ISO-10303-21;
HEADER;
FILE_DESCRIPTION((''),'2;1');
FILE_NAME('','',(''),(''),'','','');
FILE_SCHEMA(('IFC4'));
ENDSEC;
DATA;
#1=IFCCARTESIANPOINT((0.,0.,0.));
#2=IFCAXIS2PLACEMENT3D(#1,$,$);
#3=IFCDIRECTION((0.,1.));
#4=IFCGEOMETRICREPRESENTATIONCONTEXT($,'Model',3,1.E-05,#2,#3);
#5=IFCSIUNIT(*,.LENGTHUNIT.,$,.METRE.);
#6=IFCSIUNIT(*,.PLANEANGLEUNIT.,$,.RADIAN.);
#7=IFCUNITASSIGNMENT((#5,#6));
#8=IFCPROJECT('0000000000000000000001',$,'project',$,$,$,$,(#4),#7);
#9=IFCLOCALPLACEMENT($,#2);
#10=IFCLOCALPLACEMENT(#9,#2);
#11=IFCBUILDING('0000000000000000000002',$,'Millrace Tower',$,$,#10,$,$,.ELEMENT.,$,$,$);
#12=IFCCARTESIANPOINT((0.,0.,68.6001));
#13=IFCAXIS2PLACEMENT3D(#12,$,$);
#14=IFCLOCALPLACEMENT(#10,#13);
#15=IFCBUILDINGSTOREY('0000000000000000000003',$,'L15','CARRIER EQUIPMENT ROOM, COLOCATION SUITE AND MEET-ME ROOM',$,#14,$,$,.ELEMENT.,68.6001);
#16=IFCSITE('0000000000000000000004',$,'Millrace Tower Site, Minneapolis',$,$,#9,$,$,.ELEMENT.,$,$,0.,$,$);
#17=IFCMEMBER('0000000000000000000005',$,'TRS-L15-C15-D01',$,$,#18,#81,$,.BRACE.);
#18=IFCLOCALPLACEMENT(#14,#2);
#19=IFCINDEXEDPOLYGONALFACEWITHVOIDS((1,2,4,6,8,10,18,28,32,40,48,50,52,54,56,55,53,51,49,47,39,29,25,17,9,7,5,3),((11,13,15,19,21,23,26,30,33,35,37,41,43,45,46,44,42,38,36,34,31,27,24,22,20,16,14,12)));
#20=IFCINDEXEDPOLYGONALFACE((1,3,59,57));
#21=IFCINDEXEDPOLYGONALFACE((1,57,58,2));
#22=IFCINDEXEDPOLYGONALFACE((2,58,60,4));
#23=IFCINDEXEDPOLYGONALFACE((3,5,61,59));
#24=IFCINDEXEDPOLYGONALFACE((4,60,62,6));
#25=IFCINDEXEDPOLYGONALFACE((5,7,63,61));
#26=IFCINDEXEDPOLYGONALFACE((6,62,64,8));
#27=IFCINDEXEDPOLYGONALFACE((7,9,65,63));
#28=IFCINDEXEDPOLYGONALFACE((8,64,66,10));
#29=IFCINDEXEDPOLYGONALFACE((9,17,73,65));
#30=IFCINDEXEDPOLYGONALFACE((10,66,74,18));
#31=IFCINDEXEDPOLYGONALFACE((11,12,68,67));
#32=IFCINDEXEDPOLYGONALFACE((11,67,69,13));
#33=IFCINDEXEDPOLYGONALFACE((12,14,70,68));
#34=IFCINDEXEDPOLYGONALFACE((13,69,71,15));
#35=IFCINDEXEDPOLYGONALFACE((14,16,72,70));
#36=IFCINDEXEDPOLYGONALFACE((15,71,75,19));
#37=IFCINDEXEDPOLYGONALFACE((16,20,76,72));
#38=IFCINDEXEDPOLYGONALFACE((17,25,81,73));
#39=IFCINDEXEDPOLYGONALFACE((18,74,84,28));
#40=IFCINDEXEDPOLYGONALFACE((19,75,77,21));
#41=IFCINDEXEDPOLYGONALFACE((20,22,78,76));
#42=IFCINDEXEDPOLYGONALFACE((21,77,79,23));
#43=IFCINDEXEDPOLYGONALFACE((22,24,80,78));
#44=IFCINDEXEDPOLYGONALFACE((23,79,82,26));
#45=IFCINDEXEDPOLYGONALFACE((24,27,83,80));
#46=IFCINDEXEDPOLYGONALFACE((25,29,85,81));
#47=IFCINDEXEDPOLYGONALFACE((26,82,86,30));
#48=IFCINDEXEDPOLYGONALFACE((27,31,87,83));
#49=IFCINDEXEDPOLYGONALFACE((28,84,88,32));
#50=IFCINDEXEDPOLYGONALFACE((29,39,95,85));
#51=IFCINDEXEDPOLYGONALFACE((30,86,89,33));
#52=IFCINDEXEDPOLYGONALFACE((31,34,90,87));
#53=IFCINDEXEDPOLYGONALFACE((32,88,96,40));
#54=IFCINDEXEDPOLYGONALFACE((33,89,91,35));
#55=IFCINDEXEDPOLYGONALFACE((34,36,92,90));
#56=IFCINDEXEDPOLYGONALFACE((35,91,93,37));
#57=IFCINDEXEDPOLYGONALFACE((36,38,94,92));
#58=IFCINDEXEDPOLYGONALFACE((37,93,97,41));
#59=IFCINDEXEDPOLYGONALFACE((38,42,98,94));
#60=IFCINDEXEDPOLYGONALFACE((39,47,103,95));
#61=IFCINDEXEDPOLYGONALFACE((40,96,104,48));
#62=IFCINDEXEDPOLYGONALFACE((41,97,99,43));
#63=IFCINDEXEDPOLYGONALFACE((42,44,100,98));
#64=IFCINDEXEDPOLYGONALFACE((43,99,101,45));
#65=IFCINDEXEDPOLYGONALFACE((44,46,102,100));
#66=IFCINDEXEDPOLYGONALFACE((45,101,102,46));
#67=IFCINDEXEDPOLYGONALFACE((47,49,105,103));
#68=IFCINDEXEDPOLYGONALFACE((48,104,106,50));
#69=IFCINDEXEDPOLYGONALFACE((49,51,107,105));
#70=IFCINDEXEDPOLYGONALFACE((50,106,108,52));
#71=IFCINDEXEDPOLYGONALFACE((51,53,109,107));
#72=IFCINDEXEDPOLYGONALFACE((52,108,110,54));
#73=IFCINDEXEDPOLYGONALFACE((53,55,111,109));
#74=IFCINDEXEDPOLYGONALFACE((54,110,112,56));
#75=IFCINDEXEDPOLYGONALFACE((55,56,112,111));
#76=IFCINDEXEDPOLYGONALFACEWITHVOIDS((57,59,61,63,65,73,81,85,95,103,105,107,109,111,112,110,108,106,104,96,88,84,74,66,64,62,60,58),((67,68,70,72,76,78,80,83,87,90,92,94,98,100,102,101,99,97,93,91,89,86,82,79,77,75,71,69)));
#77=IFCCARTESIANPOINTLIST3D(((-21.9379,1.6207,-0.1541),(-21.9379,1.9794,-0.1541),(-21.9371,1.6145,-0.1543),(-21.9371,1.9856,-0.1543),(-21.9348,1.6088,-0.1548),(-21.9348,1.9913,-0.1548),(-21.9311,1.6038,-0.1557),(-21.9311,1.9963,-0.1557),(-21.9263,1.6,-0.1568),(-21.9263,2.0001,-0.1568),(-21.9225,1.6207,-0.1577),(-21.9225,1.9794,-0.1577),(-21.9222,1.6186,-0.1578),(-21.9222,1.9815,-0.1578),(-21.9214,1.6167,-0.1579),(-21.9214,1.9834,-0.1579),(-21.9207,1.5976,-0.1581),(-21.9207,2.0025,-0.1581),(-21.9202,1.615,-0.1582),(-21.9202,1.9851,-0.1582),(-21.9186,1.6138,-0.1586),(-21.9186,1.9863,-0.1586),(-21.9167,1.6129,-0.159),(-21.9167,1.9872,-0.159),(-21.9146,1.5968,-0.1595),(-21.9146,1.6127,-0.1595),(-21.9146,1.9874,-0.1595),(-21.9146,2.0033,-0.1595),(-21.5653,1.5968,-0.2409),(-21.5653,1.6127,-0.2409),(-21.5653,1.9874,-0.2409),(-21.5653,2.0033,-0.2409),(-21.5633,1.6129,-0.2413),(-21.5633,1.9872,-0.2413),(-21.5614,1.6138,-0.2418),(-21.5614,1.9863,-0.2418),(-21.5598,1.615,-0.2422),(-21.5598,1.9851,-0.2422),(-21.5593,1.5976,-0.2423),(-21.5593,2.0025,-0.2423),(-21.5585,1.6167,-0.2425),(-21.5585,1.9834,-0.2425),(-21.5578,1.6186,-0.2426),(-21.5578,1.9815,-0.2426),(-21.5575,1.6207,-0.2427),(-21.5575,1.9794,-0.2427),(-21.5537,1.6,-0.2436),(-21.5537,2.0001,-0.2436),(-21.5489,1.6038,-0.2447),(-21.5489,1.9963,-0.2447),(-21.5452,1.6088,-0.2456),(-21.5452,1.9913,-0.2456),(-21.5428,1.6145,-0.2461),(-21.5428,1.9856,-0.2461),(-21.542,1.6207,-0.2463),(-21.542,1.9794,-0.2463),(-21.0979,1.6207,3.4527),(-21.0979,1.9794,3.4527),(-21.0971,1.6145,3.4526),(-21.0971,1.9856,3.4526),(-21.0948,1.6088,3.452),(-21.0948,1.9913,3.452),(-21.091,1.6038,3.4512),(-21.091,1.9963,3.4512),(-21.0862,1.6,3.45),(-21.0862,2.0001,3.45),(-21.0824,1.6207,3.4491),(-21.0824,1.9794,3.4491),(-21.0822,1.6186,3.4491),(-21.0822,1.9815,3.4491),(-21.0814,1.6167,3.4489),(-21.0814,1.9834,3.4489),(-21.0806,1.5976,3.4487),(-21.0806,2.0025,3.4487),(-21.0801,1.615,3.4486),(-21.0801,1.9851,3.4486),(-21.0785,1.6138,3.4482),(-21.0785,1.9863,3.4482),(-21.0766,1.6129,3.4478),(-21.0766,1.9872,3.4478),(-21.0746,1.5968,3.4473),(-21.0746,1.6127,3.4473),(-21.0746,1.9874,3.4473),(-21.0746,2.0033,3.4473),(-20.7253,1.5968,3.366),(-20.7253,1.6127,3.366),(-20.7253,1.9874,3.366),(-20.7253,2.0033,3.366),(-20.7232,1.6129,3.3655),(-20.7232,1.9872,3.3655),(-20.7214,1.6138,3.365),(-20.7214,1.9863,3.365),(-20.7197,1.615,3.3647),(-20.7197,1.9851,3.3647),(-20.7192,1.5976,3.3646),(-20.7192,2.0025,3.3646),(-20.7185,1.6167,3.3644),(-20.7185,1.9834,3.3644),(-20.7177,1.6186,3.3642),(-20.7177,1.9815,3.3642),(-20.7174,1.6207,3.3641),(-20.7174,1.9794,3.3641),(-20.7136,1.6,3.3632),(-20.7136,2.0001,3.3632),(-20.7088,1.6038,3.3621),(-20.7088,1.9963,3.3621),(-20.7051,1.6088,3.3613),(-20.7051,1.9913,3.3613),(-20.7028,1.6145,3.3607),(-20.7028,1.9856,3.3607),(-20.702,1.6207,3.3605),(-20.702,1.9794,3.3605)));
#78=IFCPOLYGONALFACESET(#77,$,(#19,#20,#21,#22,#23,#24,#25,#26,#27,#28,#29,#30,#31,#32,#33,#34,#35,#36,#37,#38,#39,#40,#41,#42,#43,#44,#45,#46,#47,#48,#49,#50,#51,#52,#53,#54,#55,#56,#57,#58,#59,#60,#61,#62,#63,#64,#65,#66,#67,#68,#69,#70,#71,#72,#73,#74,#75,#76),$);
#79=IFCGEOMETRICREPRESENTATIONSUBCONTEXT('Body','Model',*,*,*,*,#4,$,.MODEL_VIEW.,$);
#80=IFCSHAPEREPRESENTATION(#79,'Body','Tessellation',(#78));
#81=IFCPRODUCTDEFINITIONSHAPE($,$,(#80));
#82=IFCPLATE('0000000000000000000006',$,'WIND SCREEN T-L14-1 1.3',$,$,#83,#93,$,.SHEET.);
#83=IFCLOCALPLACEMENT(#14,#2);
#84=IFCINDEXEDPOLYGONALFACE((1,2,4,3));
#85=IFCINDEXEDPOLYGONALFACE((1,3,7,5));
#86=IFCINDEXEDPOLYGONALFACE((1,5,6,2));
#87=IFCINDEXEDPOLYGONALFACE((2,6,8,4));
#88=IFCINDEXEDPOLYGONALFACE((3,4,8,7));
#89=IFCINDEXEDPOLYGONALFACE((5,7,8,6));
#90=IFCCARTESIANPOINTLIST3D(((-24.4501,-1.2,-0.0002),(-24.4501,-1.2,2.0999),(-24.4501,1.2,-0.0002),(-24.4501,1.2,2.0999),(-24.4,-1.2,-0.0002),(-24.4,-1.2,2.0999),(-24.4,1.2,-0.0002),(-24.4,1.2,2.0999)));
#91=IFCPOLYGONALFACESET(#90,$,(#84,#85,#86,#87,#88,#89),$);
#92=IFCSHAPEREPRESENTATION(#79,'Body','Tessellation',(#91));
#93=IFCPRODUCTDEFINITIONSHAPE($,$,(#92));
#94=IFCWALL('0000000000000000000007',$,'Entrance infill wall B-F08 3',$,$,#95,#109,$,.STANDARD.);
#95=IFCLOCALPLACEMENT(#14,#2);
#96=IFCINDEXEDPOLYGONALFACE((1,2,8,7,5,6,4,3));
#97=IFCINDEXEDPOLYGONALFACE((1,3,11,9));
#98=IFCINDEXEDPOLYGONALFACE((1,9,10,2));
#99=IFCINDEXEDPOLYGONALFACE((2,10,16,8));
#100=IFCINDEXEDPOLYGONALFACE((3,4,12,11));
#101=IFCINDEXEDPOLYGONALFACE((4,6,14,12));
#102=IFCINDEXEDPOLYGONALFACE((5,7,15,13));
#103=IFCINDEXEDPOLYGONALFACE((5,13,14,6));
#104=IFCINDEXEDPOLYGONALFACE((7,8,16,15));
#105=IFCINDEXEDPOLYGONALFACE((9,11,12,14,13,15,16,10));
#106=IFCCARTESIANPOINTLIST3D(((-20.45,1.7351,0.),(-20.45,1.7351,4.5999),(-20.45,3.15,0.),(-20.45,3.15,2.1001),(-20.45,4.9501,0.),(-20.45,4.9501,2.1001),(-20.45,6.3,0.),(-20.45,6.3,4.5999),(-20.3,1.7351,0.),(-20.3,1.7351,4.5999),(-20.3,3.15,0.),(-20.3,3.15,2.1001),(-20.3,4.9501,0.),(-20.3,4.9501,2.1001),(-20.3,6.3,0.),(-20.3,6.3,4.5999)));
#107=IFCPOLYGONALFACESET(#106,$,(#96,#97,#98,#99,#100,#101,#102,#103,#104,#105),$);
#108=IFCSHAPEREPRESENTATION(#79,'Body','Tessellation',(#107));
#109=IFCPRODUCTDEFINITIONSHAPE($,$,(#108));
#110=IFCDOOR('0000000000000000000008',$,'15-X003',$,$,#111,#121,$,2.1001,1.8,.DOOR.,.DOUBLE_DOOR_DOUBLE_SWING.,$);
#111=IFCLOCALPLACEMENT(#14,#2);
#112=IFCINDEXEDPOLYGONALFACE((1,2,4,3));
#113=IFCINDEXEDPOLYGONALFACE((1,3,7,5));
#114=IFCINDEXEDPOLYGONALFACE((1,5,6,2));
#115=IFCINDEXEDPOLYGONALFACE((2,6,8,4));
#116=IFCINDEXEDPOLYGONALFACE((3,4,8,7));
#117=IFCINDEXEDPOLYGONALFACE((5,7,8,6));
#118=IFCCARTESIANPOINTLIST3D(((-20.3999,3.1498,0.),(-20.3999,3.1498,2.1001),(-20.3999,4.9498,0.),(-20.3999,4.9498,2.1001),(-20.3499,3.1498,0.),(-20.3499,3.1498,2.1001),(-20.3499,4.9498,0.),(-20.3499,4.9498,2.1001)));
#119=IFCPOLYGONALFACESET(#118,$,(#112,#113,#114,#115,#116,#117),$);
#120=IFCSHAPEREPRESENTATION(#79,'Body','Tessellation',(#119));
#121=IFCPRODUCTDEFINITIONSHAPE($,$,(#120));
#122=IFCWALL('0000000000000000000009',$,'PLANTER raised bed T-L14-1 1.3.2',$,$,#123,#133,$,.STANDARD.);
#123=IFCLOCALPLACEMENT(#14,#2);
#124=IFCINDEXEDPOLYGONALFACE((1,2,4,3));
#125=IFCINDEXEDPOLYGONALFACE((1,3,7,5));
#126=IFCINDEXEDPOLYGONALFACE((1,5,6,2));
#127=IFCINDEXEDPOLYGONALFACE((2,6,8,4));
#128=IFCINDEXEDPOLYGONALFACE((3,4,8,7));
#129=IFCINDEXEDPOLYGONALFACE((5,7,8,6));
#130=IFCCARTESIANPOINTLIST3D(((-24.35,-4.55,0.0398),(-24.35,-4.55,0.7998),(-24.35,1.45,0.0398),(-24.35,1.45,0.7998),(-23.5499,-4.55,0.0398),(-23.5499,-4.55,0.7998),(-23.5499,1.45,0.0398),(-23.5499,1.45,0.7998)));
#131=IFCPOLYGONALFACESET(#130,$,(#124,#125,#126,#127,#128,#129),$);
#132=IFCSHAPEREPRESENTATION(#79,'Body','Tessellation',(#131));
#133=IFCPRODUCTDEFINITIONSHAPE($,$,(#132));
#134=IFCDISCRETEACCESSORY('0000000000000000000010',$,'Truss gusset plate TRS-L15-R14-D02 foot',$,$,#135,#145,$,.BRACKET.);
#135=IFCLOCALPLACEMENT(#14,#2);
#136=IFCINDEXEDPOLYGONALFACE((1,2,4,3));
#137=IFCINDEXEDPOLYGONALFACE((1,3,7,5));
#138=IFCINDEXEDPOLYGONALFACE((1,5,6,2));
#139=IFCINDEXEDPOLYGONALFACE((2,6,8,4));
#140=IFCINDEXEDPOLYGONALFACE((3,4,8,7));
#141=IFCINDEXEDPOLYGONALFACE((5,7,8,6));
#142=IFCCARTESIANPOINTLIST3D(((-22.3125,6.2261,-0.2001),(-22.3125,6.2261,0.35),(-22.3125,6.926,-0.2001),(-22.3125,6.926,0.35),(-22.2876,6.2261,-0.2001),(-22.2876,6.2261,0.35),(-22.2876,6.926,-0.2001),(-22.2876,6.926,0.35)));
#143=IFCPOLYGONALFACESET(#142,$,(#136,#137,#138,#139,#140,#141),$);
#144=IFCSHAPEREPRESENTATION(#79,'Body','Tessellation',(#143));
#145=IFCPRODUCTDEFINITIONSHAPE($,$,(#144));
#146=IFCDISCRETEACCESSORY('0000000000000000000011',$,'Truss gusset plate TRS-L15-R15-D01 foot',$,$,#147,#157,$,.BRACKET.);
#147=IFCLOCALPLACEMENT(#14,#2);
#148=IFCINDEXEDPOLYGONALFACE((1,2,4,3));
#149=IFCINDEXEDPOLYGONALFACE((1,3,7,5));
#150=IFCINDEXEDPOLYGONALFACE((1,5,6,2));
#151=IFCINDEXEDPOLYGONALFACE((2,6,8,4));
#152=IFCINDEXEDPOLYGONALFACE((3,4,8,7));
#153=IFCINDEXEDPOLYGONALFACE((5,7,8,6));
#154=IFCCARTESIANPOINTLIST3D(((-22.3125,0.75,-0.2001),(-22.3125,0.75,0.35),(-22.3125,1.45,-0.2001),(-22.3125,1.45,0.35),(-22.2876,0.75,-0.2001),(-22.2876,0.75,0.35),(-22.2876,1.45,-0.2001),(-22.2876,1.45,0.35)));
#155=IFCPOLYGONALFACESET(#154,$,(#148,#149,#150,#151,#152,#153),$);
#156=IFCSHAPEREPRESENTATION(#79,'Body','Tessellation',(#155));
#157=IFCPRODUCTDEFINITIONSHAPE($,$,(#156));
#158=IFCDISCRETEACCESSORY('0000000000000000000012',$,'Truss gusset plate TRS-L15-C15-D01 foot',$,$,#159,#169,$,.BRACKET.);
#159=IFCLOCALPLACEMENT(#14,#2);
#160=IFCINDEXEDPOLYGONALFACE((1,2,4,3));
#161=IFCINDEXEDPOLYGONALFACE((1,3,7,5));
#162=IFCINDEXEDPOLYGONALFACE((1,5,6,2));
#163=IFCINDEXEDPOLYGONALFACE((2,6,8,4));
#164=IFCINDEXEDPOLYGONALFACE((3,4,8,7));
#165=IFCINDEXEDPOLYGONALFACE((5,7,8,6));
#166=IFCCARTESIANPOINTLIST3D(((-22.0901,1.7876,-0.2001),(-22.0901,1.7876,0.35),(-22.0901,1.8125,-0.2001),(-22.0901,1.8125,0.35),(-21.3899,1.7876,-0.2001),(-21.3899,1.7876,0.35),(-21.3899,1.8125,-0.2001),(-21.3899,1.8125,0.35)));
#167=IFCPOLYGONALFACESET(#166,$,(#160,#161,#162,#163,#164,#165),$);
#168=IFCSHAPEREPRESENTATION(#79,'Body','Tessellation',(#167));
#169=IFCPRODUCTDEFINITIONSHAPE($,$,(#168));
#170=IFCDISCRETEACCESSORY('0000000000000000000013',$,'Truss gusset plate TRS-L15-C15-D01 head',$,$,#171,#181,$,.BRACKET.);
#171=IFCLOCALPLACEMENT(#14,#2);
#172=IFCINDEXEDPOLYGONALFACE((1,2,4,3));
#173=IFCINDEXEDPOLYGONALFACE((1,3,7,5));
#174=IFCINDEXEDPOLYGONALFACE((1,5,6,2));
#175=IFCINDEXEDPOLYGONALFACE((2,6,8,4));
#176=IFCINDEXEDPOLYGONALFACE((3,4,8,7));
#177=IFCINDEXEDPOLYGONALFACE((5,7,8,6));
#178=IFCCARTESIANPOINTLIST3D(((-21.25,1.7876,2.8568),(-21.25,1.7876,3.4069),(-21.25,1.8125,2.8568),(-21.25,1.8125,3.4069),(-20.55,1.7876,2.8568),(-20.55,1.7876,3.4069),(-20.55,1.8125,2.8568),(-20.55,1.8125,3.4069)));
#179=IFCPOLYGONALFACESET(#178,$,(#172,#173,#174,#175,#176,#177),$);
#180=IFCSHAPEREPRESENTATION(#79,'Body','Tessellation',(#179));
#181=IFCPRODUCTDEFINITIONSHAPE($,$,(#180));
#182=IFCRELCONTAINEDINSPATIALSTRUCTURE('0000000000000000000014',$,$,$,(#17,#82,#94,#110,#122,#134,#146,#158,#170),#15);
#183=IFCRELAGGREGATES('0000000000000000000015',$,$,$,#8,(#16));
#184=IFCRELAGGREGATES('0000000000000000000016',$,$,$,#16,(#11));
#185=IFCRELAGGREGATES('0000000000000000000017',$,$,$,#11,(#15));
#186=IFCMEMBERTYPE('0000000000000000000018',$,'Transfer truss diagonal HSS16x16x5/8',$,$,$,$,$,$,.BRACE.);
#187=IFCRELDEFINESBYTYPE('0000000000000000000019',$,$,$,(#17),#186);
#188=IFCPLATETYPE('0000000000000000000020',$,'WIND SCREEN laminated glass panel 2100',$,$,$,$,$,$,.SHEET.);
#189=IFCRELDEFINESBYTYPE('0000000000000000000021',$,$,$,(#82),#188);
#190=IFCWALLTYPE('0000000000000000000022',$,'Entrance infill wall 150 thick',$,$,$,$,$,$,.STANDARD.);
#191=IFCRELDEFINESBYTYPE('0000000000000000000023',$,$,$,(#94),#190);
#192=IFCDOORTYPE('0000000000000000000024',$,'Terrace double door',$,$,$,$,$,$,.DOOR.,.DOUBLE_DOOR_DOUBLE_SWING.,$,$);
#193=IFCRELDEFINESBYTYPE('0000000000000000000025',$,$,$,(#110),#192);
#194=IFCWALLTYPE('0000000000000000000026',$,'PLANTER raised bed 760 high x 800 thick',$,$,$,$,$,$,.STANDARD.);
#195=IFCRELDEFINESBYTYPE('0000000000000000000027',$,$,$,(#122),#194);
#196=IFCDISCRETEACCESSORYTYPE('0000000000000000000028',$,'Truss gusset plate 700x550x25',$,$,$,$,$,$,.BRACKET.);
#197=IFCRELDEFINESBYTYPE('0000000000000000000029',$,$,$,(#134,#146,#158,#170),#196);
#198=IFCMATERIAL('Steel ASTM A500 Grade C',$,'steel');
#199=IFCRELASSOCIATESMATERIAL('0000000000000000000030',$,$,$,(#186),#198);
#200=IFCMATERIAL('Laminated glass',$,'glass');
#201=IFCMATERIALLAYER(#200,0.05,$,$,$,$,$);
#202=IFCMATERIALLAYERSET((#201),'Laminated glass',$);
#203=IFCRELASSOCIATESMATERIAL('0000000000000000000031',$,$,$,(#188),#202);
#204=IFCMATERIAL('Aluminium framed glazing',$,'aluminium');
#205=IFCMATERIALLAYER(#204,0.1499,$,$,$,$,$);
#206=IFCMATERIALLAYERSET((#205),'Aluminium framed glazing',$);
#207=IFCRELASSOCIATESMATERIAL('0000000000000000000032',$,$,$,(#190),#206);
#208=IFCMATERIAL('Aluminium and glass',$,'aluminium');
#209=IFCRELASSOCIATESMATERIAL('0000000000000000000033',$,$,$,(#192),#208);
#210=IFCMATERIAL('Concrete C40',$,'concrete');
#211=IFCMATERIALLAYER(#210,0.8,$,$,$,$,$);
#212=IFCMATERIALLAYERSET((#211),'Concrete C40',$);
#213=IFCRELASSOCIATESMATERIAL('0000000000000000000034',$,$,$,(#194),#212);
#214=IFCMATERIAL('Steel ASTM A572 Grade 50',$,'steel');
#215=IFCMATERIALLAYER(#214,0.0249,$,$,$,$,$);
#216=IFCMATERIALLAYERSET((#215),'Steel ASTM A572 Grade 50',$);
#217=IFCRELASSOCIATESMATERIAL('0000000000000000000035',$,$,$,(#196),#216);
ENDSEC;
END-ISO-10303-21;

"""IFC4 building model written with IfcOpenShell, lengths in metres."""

from ifc_helpers import new_model, si_unit, direction, frame, frame_2d, origin, origin_2d, place, context, subcontext, project, spatial, rectangle, hollow_rectangle, extrude, material, layer, layer_set, material_profile, profile_set, type_object, element, fill, save


model = new_model("IFC4")

# Units and contexts
model_context = context("Model", 3, precision=1e-05, world=origin(), true_north=direction((0.0, 1.0)))
body_context = subcontext(model_context, "Body", "Model", "MODEL_VIEW")
ifc_project = project(units=[si_unit("LENGTHUNIT", "METRE"), si_unit("PLANEANGLEUNIT", "RADIAN")], contexts=[model_context])

# Site, building, storey
site_placement = place(None, origin())
site = spatial("IfcSite", under=ifc_project, at=site_placement, Name="Millrace Tower Site, Minneapolis", CompositionType="ELEMENT", RefElevation=0.0)
building_placement = place(site_placement, origin())
building = spatial("IfcBuilding", under=site, at=building_placement, Name="Millrace Tower", CompositionType="ELEMENT")
storey_placement = place(building_placement, frame((0.0, 0.0, 68.6001)))
storey = spatial("IfcBuildingStorey", under=building, at=storey_placement, Name="L15", Description="CARRIER EQUIPMENT ROOM, COLOCATION SUITE AND MEET-ME ROOM", CompositionType="ELEMENT", Elevation=68.6001)

# Member
ifc_material_1 = material(Name="Steel ASTM A500 Grade C", Category="steel")
ifc_material_profile_1 = material_profile(ifc_material_1, hollow_rectangle(XDim=0.4065, YDim=0.4065, WallThickness=0.0159, InnerFilletRadius=0.0081, OuterFilletRadius=0.0239, at=origin_2d()))
ifc_profile_set_1 = profile_set([ifc_material_profile_1], Name="Steel ASTM A500 Grade C")
member_type_1 = type_object("IfcMemberType", Name="Transfer truss diagonal HSS16x16x5/8", PredefinedType="BRACE", material=ifc_profile_set_1)
member_1_placement = place(storey_placement, frame((-21.74, 1.8, -0.2002), z_axis=(0.226838, 0.0, 0.973933), x_axis=(0.0, 1.0, 0.0)))
element("IfcMember", 1, at=member_1_placement, inside=storey, type_object=member_type_1, Name="TRS-L15-C15-D01", PredefinedType="BRACE", context=body_context, shape_type="SweptSolid", body=[
    extrude(hollow_rectangle(XDim=0.4065, YDim=0.4065, WallThickness=0.0159, InnerFilletRadius=0.0081, OuterFilletRadius=0.0239, at=origin_2d()), origin(), (0.0, 0.0, 1.0), 3.7034),
])

# Plate
ifc_material_2 = material(Name="Laminated glass", Category="glass")
ifc_layer_1 = layer(ifc_material_2, 0.05)
ifc_layer_set_1 = layer_set([ifc_layer_1], Name="Laminated glass")
plate_type = type_object("IfcPlateType", Name="WIND SCREEN laminated glass panel 2100", PredefinedType="SHEET", material=ifc_layer_set_1)
plate_placement = place(storey_placement, frame((-24.425, 0.0, -0.0002), z_axis=(0.0, 0.0, 1.0), x_axis=(0.0, -1.0, 0.0)))
element("IfcPlate", 2, at=plate_placement, inside=storey, type_object=plate_type, Name="WIND SCREEN T-L14-1 1.3", PredefinedType="SHEET", context=body_context, shape_type="SweptSolid", body=[
    extrude(rectangle(XDim=2.3999, YDim=0.05, at=origin_2d()), origin(), (0.0, 0.0, 1.0), 2.1001),
])

# Wall, opening, door
ifc_material_3 = material(Name="Aluminium framed glazing", Category="aluminium")
ifc_layer_2 = layer(ifc_material_3, 0.1499)
ifc_layer_set_2 = layer_set([ifc_layer_2], Name="Aluminium framed glazing")
wall_type_1 = type_object("IfcWallType", Name="Entrance infill wall 150 thick", PredefinedType="STANDARD", material=ifc_layer_set_2)
wall_1_placement = place(storey_placement, frame((-20.375, 6.3, 0.0), z_axis=(0.0, 0.0, 1.0), x_axis=(0.0, -1.0, 0.0)))
wall_1 = element("IfcWall", 3, at=wall_1_placement, inside=storey, type_object=wall_type_1, Name="Entrance infill wall B-F08 3", PredefinedType="STANDARD", context=body_context, shape_type="SweptSolid", body=[
    extrude(rectangle(XDim=4.5649, YDim=0.1499, at=frame_2d((2.2825, 0.0))), origin(), (0.0, 0.0, 1.0), 4.5999),
])
opening_placement = place(wall_1_placement, frame((1.3501, 0.0, 0.0)))
opening = element("IfcOpeningElement", 4, at=opening_placement, cuts=wall_1, PredefinedType="OPENING", context=body_context, shape_type="SweptSolid", body=[
    extrude(rectangle(XDim=1.8, YDim=2.1001, at=frame_2d((0.8999, 1.05))), frame((0.0, 0.085, 0.0), z_axis=(0.0, -1.0, 0.0), x_axis=(1.0, 0.0, 0.0)), (0.0, 0.0, 1.0), 0.1699),
])
ifc_material_4 = material(Name="Aluminium and glass", Category="aluminium")
door_type = type_object("IfcDoorType", Name="Terrace double door", OperationType="DOUBLE_DOOR_DOUBLE_SWING", PredefinedType="DOOR", material=ifc_material_4)
door_placement = place(opening_placement, frame((1.8, 0.0, 0.0), z_axis=(0.0, 0.0, 1.0), x_axis=(-1.0, 0.0, 0.0)))
door = element("IfcDoor", 5, at=door_placement, inside=storey, type_object=door_type, Name="15-X003", OperationType="DOUBLE_DOOR_DOUBLE_SWING", OverallHeight=2.1001, OverallWidth=1.8, PredefinedType="DOOR", context=body_context, shape_type="SweptSolid", body=[
    extrude(rectangle(XDim=1.8, YDim=2.1001, at=frame_2d((0.8999, 1.05))), frame((0.0, 0.0249, 0.0), z_axis=(0.0, -1.0, 0.0), x_axis=(1.0, 0.0, 0.0)), (0.0, 0.0, 1.0), 0.05),
])
fill(opening, door)

# Wall
ifc_material_5 = material(Name="Concrete C40", Category="concrete")
ifc_layer_3 = layer(ifc_material_5, 0.8)
ifc_layer_set_3 = layer_set([ifc_layer_3], Name="Concrete C40")
wall_type_2 = type_object("IfcWallType", Name="PLANTER raised bed 760 high x 800 thick", PredefinedType="STANDARD", material=ifc_layer_set_3)
wall_2_placement = place(storey_placement, frame((-23.95, 1.45, 0.0398), z_axis=(0.0, 0.0, 1.0), x_axis=(0.0, -1.0, 0.0)))
element("IfcWall", 6, at=wall_2_placement, inside=storey, type_object=wall_type_2, Name="PLANTER raised bed T-L14-1 1.3.2", PredefinedType="STANDARD", context=body_context, shape_type="SweptSolid", body=[
    extrude(rectangle(XDim=6.0, YDim=0.8, at=frame_2d((3.0, 0.0))), origin(), (0.0, 0.0, 1.0), 0.76),
])

# Discrete accessories
ifc_material_6 = material(Name="Steel ASTM A572 Grade 50", Category="steel")
ifc_layer_4 = layer(ifc_material_6, 0.0249)
ifc_layer_set_4 = layer_set([ifc_layer_4], Name="Steel ASTM A572 Grade 50")
discrete_accessory_type = type_object("IfcDiscreteAccessoryType", Name="Truss gusset plate 700x550x25", PredefinedType="BRACKET", material=ifc_layer_set_4)
for number, where, z_axis, x_axis, name in (
    (7, (-22.3, 6.2261, 0.075), (0.0, 1.0, 0.0), (-1.0, 0.0, 0.0), "Truss gusset plate TRS-L15-R14-D02 foot"),
    (8, (-22.3, 0.75, 0.075), (0.0, 1.0, 0.0), (-1.0, 0.0, 0.0), "Truss gusset plate TRS-L15-R15-D01 foot"),
):
    element("IfcDiscreteAccessory", number, at=place(storey_placement, frame(where, z_axis=z_axis, x_axis=x_axis)), inside=storey, type_object=discrete_accessory_type, Name=name, PredefinedType="BRACKET", context=body_context, shape_type="SweptSolid", body=[
        extrude(rectangle(XDim=0.0249, YDim=0.55, at=origin_2d()), origin(), (0.0, 0.0, 1.0), 0.7),
    ])
discrete_accessory_1_placement = place(storey_placement, frame((-22.0901, 1.8, 0.075), z_axis=(1.0, 0.0, 0.0), x_axis=(0.0, 1.0, 0.0)))
element("IfcDiscreteAccessory", 9, at=discrete_accessory_1_placement, inside=storey, type_object=discrete_accessory_type, Name="Truss gusset plate TRS-L15-C15-D01 foot", PredefinedType="BRACKET", context=body_context, shape_type="SweptSolid", body=[
    extrude(rectangle(XDim=0.0249, YDim=0.55, at=origin_2d()), origin(), (0.0, 0.0, 1.0), 0.7002),
])
discrete_accessory_2_placement = place(storey_placement, frame((-21.25, 1.8, 3.1318), z_axis=(1.0, 0.0, 0.0), x_axis=(0.0, 1.0, 0.0)))
element("IfcDiscreteAccessory", 10, at=discrete_accessory_2_placement, inside=storey, type_object=discrete_accessory_type, Name="Truss gusset plate TRS-L15-C15-D01 head", PredefinedType="BRACKET", context=body_context, shape_type="SweptSolid", body=[
    extrude(rectangle(XDim=0.0249, YDim=0.55, at=origin_2d()), origin(), (0.0, 0.0, 1.0), 0.7),
])

save(model, "model.ifc")
